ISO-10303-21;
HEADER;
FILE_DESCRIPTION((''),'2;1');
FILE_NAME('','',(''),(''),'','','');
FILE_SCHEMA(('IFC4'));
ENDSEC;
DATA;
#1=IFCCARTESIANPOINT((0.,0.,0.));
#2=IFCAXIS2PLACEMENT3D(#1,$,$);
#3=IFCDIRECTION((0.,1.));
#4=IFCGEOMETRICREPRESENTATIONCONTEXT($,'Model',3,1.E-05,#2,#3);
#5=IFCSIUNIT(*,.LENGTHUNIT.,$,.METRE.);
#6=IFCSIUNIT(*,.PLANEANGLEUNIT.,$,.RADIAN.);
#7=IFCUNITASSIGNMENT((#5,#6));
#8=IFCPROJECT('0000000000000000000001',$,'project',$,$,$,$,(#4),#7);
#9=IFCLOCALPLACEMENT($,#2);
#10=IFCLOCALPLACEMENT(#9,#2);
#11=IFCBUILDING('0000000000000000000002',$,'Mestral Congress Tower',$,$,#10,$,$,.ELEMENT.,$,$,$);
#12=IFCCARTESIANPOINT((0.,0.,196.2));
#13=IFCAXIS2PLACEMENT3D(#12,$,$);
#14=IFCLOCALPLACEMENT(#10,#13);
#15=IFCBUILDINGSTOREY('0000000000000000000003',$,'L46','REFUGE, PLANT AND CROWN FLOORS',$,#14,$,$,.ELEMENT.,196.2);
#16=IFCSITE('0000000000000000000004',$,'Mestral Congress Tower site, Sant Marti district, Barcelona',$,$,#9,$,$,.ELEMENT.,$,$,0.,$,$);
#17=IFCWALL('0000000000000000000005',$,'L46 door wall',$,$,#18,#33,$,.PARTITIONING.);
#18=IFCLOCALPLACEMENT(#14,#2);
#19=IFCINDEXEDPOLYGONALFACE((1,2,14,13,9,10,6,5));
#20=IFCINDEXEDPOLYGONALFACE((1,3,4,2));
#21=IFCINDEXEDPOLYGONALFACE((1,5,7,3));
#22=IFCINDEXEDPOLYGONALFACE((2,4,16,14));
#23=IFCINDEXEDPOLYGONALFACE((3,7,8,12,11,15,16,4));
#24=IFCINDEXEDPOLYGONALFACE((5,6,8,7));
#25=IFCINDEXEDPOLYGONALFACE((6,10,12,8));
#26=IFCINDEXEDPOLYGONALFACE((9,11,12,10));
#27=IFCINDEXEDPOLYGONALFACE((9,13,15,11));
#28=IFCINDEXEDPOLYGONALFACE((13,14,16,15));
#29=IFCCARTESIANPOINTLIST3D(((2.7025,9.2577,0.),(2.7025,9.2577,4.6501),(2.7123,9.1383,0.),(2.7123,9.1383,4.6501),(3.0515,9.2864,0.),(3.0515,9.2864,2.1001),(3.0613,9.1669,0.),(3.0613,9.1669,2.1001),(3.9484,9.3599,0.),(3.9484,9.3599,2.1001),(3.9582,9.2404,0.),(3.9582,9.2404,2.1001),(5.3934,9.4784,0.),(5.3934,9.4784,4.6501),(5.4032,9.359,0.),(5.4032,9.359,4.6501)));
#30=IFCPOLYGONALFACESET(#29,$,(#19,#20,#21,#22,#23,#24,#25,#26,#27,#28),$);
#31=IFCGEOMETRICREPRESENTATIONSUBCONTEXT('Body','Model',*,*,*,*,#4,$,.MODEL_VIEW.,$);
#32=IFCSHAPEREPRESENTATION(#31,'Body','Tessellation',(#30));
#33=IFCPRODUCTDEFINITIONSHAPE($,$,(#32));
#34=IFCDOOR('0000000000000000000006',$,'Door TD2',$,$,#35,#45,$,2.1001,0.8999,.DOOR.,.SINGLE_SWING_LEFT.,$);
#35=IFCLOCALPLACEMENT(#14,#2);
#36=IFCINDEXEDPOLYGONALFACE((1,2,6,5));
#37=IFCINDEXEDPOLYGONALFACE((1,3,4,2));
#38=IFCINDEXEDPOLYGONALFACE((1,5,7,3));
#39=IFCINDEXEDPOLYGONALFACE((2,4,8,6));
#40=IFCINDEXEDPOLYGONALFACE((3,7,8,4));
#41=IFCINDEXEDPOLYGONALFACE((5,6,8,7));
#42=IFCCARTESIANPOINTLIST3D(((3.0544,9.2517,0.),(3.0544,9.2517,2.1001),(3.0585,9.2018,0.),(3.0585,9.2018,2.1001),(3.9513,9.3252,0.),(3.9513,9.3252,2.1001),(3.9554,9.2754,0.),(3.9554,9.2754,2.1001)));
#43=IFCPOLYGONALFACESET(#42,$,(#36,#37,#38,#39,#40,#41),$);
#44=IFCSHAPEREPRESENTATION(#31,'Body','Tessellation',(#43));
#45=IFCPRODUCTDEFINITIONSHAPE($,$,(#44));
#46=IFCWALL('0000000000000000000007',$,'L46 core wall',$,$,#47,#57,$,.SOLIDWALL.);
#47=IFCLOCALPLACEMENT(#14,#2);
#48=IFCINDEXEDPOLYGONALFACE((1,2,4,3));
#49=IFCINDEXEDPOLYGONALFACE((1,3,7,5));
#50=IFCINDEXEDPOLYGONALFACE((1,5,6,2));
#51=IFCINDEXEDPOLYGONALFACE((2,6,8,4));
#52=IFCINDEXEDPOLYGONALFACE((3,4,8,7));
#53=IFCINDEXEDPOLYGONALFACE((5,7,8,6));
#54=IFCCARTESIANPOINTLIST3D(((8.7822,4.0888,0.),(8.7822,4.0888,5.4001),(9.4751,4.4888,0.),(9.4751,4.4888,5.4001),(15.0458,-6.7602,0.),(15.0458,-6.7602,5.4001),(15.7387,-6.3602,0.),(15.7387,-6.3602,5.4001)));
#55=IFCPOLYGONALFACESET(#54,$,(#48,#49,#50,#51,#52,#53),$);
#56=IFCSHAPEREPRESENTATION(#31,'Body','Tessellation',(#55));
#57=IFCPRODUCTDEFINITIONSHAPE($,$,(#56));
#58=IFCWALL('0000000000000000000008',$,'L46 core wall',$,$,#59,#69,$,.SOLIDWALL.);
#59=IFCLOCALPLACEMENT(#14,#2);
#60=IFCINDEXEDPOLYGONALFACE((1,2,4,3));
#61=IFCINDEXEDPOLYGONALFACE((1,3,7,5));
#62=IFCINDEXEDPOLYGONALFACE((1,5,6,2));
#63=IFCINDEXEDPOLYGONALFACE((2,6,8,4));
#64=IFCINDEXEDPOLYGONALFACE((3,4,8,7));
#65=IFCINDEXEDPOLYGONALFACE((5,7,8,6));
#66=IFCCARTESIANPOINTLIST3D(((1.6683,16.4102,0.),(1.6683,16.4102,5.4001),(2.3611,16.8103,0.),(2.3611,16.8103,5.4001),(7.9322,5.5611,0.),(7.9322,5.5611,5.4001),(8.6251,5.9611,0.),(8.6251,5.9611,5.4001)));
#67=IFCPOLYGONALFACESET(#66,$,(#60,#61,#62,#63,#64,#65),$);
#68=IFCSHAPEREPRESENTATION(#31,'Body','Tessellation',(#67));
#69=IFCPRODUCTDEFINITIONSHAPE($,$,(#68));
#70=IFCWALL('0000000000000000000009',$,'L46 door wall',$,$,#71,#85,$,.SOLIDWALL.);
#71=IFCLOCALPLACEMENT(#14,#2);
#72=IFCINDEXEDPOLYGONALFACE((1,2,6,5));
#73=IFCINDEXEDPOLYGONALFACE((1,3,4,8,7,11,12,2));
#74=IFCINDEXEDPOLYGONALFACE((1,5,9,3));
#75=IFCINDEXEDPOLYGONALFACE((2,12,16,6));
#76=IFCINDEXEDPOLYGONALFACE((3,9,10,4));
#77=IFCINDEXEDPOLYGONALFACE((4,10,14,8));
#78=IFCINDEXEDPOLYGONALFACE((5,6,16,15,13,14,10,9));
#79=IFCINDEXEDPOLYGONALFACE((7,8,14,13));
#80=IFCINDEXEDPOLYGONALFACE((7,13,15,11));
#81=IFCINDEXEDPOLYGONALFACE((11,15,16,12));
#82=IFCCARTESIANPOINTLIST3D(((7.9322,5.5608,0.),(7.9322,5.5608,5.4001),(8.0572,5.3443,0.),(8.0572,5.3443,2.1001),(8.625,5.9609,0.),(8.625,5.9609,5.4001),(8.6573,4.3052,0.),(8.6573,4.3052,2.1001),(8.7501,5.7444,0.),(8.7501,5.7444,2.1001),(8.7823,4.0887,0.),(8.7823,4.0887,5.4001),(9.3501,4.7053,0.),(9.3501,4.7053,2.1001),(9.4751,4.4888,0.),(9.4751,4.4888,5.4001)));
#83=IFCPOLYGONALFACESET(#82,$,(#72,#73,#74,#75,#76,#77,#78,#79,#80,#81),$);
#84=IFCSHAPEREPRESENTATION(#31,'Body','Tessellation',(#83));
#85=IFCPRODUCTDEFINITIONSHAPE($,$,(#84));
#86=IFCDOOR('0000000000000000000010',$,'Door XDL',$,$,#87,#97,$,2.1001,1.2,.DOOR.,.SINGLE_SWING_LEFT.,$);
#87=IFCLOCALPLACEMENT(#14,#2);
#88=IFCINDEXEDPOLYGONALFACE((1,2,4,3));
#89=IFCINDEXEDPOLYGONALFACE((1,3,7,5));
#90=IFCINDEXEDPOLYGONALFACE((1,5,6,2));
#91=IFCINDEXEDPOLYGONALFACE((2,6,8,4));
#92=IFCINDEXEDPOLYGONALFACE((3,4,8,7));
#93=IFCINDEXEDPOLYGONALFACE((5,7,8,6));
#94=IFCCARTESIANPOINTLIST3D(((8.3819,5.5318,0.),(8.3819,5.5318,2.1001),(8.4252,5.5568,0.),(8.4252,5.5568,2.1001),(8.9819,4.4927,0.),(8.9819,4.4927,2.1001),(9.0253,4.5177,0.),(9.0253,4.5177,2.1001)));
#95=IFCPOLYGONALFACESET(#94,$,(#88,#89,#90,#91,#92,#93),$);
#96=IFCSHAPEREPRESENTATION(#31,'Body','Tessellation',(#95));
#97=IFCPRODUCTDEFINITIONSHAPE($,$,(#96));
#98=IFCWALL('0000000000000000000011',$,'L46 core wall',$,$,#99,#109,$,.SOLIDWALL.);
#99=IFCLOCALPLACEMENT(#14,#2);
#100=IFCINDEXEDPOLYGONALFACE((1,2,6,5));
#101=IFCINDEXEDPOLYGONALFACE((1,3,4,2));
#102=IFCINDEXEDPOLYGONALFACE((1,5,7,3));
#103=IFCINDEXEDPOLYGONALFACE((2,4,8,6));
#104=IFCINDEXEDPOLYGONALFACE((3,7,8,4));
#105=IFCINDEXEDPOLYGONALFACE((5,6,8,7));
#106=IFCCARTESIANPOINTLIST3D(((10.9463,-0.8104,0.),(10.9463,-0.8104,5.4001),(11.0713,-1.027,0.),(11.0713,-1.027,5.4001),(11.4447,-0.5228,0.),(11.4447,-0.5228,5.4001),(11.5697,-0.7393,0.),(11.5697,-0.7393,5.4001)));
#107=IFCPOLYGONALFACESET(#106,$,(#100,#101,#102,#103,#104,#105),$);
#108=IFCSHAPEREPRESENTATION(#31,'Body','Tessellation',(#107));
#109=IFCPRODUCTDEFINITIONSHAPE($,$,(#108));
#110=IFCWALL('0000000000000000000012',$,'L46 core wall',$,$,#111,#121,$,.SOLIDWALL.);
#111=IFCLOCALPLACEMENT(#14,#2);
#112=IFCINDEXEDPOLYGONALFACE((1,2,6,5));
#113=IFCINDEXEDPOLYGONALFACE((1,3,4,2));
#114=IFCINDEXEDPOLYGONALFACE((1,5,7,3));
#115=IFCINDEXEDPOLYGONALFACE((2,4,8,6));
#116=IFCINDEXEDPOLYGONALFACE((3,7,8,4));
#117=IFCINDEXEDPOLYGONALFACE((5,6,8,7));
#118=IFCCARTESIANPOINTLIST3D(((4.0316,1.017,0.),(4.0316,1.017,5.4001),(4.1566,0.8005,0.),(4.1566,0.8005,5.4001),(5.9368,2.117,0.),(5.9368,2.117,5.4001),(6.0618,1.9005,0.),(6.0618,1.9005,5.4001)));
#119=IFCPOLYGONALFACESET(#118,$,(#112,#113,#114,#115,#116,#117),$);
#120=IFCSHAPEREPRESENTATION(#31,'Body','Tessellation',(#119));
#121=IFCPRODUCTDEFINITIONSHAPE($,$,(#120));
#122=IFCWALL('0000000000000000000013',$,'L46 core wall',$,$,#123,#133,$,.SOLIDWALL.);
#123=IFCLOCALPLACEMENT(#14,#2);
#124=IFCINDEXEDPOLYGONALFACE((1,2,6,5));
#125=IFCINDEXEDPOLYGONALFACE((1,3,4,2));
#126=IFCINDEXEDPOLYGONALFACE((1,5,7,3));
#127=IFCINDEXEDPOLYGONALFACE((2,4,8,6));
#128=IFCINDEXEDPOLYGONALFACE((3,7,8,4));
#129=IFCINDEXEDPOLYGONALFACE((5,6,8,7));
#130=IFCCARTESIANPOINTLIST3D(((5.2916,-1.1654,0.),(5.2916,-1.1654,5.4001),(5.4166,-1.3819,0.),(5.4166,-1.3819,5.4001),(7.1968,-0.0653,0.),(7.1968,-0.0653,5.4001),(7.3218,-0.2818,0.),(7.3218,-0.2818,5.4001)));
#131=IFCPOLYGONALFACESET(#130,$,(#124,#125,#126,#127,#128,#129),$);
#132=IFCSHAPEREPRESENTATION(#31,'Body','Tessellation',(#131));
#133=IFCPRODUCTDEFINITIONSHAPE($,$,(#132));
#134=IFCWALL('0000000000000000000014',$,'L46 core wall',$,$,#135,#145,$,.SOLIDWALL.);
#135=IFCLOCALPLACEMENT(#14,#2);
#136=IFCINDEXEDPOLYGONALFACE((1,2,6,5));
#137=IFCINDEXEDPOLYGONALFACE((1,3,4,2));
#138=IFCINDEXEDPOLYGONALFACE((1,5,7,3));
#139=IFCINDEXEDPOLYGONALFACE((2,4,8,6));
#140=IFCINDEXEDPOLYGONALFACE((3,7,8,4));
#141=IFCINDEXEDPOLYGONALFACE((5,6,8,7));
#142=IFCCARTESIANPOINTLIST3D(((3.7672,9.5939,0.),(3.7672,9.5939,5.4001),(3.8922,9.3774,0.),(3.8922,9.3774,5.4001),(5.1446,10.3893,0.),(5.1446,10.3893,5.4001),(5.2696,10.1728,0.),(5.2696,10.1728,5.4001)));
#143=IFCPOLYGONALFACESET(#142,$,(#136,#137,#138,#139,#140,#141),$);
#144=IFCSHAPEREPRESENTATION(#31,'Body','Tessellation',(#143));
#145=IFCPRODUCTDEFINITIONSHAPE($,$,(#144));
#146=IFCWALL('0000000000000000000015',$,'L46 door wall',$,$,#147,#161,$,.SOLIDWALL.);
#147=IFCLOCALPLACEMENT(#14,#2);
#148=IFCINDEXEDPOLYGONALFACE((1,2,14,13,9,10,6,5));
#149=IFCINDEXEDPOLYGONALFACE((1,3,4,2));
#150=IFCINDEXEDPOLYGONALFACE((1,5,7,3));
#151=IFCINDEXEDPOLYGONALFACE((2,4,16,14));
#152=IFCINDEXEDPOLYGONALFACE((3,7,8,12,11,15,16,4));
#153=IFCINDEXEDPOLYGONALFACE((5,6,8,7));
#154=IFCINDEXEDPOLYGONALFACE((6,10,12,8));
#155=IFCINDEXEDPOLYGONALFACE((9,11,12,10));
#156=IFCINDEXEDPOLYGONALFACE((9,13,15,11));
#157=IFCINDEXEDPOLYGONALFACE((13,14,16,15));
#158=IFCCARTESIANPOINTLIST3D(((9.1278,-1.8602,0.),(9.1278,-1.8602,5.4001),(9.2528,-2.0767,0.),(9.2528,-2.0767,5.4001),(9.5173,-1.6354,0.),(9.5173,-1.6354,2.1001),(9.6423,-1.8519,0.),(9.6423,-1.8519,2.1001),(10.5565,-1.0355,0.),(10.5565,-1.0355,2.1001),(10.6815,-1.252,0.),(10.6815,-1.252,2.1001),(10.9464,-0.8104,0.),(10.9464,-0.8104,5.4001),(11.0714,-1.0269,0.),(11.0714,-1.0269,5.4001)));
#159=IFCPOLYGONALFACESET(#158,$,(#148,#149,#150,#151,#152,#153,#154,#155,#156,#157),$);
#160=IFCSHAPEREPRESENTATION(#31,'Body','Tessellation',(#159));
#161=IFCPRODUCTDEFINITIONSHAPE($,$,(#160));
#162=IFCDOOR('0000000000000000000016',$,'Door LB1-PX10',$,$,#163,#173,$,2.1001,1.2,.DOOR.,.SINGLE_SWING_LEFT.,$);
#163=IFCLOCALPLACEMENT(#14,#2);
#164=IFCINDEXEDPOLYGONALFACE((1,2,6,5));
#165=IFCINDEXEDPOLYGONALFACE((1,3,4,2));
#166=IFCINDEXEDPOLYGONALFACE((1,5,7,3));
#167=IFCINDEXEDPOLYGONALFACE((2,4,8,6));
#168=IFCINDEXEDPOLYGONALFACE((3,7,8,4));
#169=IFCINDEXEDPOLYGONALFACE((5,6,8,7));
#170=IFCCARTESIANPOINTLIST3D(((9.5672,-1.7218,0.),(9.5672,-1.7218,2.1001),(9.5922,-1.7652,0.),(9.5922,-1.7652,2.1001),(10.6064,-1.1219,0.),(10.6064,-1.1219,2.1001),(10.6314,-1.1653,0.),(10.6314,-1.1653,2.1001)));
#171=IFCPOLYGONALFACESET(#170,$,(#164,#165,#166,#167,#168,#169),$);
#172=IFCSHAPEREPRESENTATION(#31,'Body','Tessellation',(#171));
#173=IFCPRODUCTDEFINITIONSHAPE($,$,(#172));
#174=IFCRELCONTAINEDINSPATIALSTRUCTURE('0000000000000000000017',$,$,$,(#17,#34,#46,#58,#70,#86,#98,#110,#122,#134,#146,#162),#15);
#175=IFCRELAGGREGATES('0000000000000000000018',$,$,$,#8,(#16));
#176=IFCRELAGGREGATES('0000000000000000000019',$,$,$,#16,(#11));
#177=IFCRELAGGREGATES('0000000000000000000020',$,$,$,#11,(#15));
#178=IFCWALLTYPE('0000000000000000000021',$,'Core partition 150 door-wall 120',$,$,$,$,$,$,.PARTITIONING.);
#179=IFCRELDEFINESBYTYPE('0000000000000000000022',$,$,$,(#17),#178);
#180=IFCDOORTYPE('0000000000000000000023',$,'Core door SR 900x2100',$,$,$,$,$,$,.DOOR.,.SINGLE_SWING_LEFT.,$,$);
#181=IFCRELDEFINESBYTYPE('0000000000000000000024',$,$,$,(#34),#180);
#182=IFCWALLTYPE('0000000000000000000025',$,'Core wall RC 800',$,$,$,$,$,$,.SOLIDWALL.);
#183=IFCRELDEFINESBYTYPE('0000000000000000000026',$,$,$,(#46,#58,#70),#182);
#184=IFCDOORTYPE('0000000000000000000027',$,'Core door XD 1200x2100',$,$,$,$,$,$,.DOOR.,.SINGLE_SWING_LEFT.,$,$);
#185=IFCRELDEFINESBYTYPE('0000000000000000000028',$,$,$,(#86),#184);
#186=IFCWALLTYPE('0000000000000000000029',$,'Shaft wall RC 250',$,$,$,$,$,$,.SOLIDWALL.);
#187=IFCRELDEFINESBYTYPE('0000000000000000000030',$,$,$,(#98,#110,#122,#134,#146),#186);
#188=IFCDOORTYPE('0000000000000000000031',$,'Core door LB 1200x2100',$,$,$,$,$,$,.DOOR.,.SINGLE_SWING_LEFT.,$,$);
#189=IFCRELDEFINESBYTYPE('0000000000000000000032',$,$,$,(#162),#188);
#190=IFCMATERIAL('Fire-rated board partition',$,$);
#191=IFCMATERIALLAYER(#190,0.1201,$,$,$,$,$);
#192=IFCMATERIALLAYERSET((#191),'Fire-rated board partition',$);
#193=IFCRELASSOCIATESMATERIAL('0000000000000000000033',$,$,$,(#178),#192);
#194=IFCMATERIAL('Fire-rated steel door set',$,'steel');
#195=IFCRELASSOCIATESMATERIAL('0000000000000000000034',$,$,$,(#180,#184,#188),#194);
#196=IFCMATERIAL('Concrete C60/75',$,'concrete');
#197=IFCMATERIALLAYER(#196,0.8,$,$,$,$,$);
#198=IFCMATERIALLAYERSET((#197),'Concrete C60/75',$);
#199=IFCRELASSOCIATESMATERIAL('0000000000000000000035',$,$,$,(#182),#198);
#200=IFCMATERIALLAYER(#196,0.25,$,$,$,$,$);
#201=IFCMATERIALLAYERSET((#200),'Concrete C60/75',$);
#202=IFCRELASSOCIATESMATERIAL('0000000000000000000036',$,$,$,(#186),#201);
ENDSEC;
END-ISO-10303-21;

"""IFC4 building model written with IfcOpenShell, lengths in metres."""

from ifc_helpers import new_model, si_unit, direction, frame, frame_2d, origin, place, context, subcontext, project, spatial, rectangle, extrude, material, layer, layer_set, type_object, element, fill, save


model = new_model("IFC4")

# Units and contexts
model_context = context("Model", 3, precision=1e-05, world=origin(), true_north=direction((0.0, 1.0)))
body_context = subcontext(model_context, "Body", "Model", "MODEL_VIEW")
ifc_project = project(units=[si_unit("LENGTHUNIT", "METRE"), si_unit("PLANEANGLEUNIT", "RADIAN")], contexts=[model_context])

# Site, building, storey
site_placement = place(None, origin())
site = spatial("IfcSite", under=ifc_project, at=site_placement, Name="Mestral Congress Tower site, Sant Marti district, Barcelona", CompositionType="ELEMENT", RefElevation=0.0)
building_placement = place(site_placement, origin())
building = spatial("IfcBuilding", under=site, at=building_placement, Name="Mestral Congress Tower", CompositionType="ELEMENT")
storey_placement = place(building_placement, frame((0.0, 0.0, 196.2)))
storey = spatial("IfcBuildingStorey", under=building, at=storey_placement, Name="L46", Description="REFUGE, PLANT AND CROWN FLOORS", CompositionType="ELEMENT", Elevation=196.2)

# Wall, opening, door
ifc_material_1 = material(Name="Fire-rated board partition")
ifc_layer_1 = layer(ifc_material_1, 0.1201)
ifc_layer_set_1 = layer_set([ifc_layer_1], Name="Fire-rated board partition")
wall_type_1 = type_object("IfcWallType", Name="Core partition 150 door-wall 120", PredefinedType="PARTITIONING", material=ifc_layer_set_1)
wall_1_placement = place(storey_placement, frame((5.3984, 9.4187, 0.0), z_axis=(0.0, 0.0, 1.0), x_axis=(-0.996653, -0.081743, 0.0)))
wall_1 = element("IfcWall", 1, at=wall_1_placement, inside=storey, type_object=wall_type_1, Name="L46 door wall", PredefinedType="PARTITIONING", context=body_context, shape_type="SweptSolid", body=[
    extrude(rectangle(XDim=2.7, YDim=0.1199, at=frame_2d((1.3501, 0.0))), origin(), (0.0, 0.0, 1.0), 4.6501),
])
opening_1_placement = place(wall_1_placement, frame((1.45, 0.0, 0.0)))
opening_1 = element("IfcOpeningElement", 2, at=opening_1_placement, cuts=wall_1, PredefinedType="OPENING", context=body_context, shape_type="SweptSolid", body=[
    extrude(rectangle(XDim=0.8999, YDim=2.1001, at=frame_2d((0.45, 1.05))), frame((0.0, 0.0698, 0.0), z_axis=(0.0, -1.0, 0.0), x_axis=(1.0, 0.0, 0.0)), (0.0, 0.0, 1.0), 0.1399),
])
ifc_material_2 = material(Name="Fire-rated steel door set", Category="steel")
door_type_1 = type_object("IfcDoorType", Name="Core door SR 900x2100", OperationType="SINGLE_SWING_LEFT", PredefinedType="DOOR", material=ifc_material_2)
door_1_placement = place(opening_1_placement, origin())
door_1 = element("IfcDoor", 3, at=door_1_placement, inside=storey, type_object=door_type_1, Name="Door TD2", OperationType="SINGLE_SWING_LEFT", OverallHeight=2.1001, OverallWidth=0.8999, PredefinedType="DOOR", context=body_context, shape_type="SweptSolid", body=[
    extrude(rectangle(XDim=0.8999, YDim=2.1001, at=frame_2d((0.45, 1.05))), frame((0.0, 0.0249, 0.0), z_axis=(0.0, -1.0, 0.0), x_axis=(1.0, 0.0, 0.0)), (0.0, 0.0, 1.0), 0.05),
])
fill(opening_1, door_1)

# Walls
ifc_material_3 = material(Name="Concrete C60/75", Category="concrete")
ifc_layer_2 = layer(ifc_material_3, 0.8)
ifc_layer_set_2 = layer_set([ifc_layer_2], Name="Concrete C60/75")
wall_type_2 = type_object("IfcWallType", Name="Core wall RC 800", PredefinedType="SOLIDWALL", material=ifc_layer_set_2)
wall_2_placement = place(storey_placement, frame((9.1287, 4.2888, 0.0), z_axis=(0.0, 0.0, 1.0), x_axis=(0.499996, -0.866028, 0.0)))
element("IfcWall", 4, at=wall_2_placement, inside=storey, type_object=wall_type_2, Name="L46 core wall", PredefinedType="SOLIDWALL", context=body_context, shape_type="SweptSolid", body=[
    extrude(rectangle(XDim=12.5273, YDim=0.8, at=frame_2d((6.2637, 0.0))), origin(), (0.0, 0.0, 1.0), 5.4001),
])
wall_3_placement = place(storey_placement, frame((8.2786, 5.7612, 0.0), z_axis=(0.0, 0.0, 1.0), x_axis=(-0.50001, 0.866019, 0.0)))
element("IfcWall", 5, at=wall_3_placement, inside=storey, type_object=wall_type_2, Name="L46 core wall", PredefinedType="SOLIDWALL", context=body_context, shape_type="SweptSolid", body=[
    extrude(rectangle(XDim=12.5276, YDim=0.8, at=frame_2d((6.2637, 0.0))), origin(), (0.0, 0.0, 1.0), 5.4001),
])

# Wall, opening, door
wall_4_placement = place(storey_placement, frame((8.2786, 5.761, 0.0), z_axis=(0.0, 0.0, 1.0), x_axis=(0.500062, -0.865989, 0.0)))
wall_4 = element("IfcWall", 6, at=wall_4_placement, inside=storey, type_object=wall_type_2, Name="L46 door wall", PredefinedType="SOLIDWALL", context=body_context, shape_type="SweptSolid", body=[
    extrude(rectangle(XDim=1.7, YDim=0.8, at=frame_2d((0.8501, 0.0))), origin(), (0.0, 0.0, 1.0), 5.4001),
])
opening_2_placement = place(wall_4_placement, frame((0.25, 0.0, 0.0)))
opening_2 = element("IfcOpeningElement", 7, at=opening_2_placement, cuts=wall_4, PredefinedType="OPENING", context=body_context, shape_type="SweptSolid", body=[
    extrude(rectangle(XDim=1.2, YDim=2.1001, at=frame_2d((0.6001, 1.05))), frame((0.0, 0.4099, 0.0), z_axis=(0.0, -1.0, 0.0), x_axis=(1.0, 0.0, 0.0)), (0.0, 0.0, 1.0), 0.8201),
])
door_type_2 = type_object("IfcDoorType", Name="Core door XD 1200x2100", OperationType="SINGLE_SWING_LEFT", PredefinedType="DOOR", material=ifc_material_2)
door_2_placement = place(opening_2_placement, origin())
door_2 = element("IfcDoor", 8, at=door_2_placement, inside=storey, type_object=door_type_2, Name="Door XDL", OperationType="SINGLE_SWING_LEFT", OverallHeight=2.1001, OverallWidth=1.2, PredefinedType="DOOR", context=body_context, shape_type="SweptSolid", body=[
    extrude(rectangle(XDim=1.2, YDim=2.1001, at=frame_2d((0.6001, 1.05))), frame((0.0, 0.0249, 0.0), z_axis=(0.0, -1.0, 0.0), x_axis=(1.0, 0.0, 0.0)), (0.0, 0.0, 1.0), 0.05),
])
fill(opening_2, door_2)

# Walls
ifc_layer_3 = layer(ifc_material_3, 0.25)
ifc_layer_set_3 = layer_set([ifc_layer_3], Name="Concrete C60/75")
wall_type_3 = type_object("IfcWallType", Name="Shaft wall RC 250", PredefinedType="SOLIDWALL", material=ifc_layer_set_3)
wall_5_placement = place(storey_placement, frame((11.5071, -0.6311, 0.0), z_axis=(0.0, 0.0, 1.0), x_axis=(-0.866094, -0.499882, 0.0)))
element("IfcWall", 9, at=wall_5_placement, inside=storey, type_object=wall_type_3, Name="L46 core wall", PredefinedType="SOLIDWALL", context=body_context, shape_type="SweptSolid", body=[
    extrude(rectangle(XDim=0.5754, YDim=0.25, at=frame_2d((0.2876, 0.0))), origin(), (0.0, 0.0, 1.0), 5.4001),
])
for number, where, z_axis, x_axis, name in (
    (10, (4.094, 0.9087, 0.0), (0.0, 0.0, 1.0), (0.866008, 0.50003, 0.0), "L46 core wall"),
    (11, (5.354, -1.2737, 0.0), (0.0, 0.0, 1.0), (0.866008, 0.50003, 0.0), "L46 core wall"),
):
    element("IfcWall", number, at=place(storey_placement, frame(where, z_axis=z_axis, x_axis=x_axis)), inside=storey, type_object=wall_type_3, Name=name, PredefinedType="SOLIDWALL", context=body_context, shape_type="SweptSolid", body=[
        extrude(rectangle(XDim=2.2, YDim=0.25, at=frame_2d((1.1001, 0.0))), origin(), (0.0, 0.0, 1.0), 5.4001),
    ])
wall_6_placement = place(storey_placement, frame((3.8296, 9.4856, 0.0), z_axis=(0.0, 0.0, 1.0), x_axis=(0.865986, 0.500068, 0.0)))
element("IfcWall", 12, at=wall_6_placement, inside=storey, type_object=wall_type_3, Name="L46 core wall", PredefinedType="SOLIDWALL", context=body_context, shape_type="SweptSolid", body=[
    extrude(rectangle(XDim=1.5906, YDim=0.25, at=frame_2d((0.7954, 0.0))), origin(), (0.0, 0.0, 1.0), 5.4001),
])

# Wall, opening, door
wall_7_placement = place(storey_placement, frame((11.0088, -0.9187, 0.0), z_axis=(0.0, 0.0, 1.0), x_axis=(-0.86606, -0.499941, 0.0)))
wall_7 = element("IfcWall", 13, at=wall_7_placement, inside=storey, type_object=wall_type_3, Name="L46 door wall", PredefinedType="SOLIDWALL", context=body_context, shape_type="SweptSolid", body=[
    extrude(rectangle(XDim=2.0999, YDim=0.25, at=frame_2d((1.0498, 0.0))), origin(), (0.0, 0.0, 1.0), 5.4001),
])
opening_3_placement = place(wall_7_placement, frame((0.45, 0.0, 0.0)))
opening_3 = element("IfcOpeningElement", 14, at=opening_3_placement, cuts=wall_7, PredefinedType="OPENING", context=body_context, shape_type="SweptSolid", body=[
    extrude(rectangle(XDim=1.2, YDim=2.1001, at=frame_2d((0.6001, 1.05))), frame((0.0, 0.135, 0.0), z_axis=(0.0, -1.0, 0.0), x_axis=(1.0, 0.0, 0.0)), (0.0, 0.0, 1.0), 0.27),
])
door_type_3 = type_object("IfcDoorType", Name="Core door LB 1200x2100", OperationType="SINGLE_SWING_LEFT", PredefinedType="DOOR", material=ifc_material_2)
door_3_placement = place(opening_3_placement, origin())
door_3 = element("IfcDoor", 15, at=door_3_placement, inside=storey, type_object=door_type_3, Name="Door LB1-PX10", OperationType="SINGLE_SWING_LEFT", OverallHeight=2.1001, OverallWidth=1.2, PredefinedType="DOOR", context=body_context, shape_type="SweptSolid", body=[
    extrude(rectangle(XDim=1.2, YDim=2.1001, at=frame_2d((0.6001, 1.05))), frame((0.0, 0.0249, 0.0), z_axis=(0.0, -1.0, 0.0), x_axis=(1.0, 0.0, 0.0)), (0.0, 0.0, 1.0), 0.05),
])
fill(opening_3, door_3)

save(model, "model.ifc")
